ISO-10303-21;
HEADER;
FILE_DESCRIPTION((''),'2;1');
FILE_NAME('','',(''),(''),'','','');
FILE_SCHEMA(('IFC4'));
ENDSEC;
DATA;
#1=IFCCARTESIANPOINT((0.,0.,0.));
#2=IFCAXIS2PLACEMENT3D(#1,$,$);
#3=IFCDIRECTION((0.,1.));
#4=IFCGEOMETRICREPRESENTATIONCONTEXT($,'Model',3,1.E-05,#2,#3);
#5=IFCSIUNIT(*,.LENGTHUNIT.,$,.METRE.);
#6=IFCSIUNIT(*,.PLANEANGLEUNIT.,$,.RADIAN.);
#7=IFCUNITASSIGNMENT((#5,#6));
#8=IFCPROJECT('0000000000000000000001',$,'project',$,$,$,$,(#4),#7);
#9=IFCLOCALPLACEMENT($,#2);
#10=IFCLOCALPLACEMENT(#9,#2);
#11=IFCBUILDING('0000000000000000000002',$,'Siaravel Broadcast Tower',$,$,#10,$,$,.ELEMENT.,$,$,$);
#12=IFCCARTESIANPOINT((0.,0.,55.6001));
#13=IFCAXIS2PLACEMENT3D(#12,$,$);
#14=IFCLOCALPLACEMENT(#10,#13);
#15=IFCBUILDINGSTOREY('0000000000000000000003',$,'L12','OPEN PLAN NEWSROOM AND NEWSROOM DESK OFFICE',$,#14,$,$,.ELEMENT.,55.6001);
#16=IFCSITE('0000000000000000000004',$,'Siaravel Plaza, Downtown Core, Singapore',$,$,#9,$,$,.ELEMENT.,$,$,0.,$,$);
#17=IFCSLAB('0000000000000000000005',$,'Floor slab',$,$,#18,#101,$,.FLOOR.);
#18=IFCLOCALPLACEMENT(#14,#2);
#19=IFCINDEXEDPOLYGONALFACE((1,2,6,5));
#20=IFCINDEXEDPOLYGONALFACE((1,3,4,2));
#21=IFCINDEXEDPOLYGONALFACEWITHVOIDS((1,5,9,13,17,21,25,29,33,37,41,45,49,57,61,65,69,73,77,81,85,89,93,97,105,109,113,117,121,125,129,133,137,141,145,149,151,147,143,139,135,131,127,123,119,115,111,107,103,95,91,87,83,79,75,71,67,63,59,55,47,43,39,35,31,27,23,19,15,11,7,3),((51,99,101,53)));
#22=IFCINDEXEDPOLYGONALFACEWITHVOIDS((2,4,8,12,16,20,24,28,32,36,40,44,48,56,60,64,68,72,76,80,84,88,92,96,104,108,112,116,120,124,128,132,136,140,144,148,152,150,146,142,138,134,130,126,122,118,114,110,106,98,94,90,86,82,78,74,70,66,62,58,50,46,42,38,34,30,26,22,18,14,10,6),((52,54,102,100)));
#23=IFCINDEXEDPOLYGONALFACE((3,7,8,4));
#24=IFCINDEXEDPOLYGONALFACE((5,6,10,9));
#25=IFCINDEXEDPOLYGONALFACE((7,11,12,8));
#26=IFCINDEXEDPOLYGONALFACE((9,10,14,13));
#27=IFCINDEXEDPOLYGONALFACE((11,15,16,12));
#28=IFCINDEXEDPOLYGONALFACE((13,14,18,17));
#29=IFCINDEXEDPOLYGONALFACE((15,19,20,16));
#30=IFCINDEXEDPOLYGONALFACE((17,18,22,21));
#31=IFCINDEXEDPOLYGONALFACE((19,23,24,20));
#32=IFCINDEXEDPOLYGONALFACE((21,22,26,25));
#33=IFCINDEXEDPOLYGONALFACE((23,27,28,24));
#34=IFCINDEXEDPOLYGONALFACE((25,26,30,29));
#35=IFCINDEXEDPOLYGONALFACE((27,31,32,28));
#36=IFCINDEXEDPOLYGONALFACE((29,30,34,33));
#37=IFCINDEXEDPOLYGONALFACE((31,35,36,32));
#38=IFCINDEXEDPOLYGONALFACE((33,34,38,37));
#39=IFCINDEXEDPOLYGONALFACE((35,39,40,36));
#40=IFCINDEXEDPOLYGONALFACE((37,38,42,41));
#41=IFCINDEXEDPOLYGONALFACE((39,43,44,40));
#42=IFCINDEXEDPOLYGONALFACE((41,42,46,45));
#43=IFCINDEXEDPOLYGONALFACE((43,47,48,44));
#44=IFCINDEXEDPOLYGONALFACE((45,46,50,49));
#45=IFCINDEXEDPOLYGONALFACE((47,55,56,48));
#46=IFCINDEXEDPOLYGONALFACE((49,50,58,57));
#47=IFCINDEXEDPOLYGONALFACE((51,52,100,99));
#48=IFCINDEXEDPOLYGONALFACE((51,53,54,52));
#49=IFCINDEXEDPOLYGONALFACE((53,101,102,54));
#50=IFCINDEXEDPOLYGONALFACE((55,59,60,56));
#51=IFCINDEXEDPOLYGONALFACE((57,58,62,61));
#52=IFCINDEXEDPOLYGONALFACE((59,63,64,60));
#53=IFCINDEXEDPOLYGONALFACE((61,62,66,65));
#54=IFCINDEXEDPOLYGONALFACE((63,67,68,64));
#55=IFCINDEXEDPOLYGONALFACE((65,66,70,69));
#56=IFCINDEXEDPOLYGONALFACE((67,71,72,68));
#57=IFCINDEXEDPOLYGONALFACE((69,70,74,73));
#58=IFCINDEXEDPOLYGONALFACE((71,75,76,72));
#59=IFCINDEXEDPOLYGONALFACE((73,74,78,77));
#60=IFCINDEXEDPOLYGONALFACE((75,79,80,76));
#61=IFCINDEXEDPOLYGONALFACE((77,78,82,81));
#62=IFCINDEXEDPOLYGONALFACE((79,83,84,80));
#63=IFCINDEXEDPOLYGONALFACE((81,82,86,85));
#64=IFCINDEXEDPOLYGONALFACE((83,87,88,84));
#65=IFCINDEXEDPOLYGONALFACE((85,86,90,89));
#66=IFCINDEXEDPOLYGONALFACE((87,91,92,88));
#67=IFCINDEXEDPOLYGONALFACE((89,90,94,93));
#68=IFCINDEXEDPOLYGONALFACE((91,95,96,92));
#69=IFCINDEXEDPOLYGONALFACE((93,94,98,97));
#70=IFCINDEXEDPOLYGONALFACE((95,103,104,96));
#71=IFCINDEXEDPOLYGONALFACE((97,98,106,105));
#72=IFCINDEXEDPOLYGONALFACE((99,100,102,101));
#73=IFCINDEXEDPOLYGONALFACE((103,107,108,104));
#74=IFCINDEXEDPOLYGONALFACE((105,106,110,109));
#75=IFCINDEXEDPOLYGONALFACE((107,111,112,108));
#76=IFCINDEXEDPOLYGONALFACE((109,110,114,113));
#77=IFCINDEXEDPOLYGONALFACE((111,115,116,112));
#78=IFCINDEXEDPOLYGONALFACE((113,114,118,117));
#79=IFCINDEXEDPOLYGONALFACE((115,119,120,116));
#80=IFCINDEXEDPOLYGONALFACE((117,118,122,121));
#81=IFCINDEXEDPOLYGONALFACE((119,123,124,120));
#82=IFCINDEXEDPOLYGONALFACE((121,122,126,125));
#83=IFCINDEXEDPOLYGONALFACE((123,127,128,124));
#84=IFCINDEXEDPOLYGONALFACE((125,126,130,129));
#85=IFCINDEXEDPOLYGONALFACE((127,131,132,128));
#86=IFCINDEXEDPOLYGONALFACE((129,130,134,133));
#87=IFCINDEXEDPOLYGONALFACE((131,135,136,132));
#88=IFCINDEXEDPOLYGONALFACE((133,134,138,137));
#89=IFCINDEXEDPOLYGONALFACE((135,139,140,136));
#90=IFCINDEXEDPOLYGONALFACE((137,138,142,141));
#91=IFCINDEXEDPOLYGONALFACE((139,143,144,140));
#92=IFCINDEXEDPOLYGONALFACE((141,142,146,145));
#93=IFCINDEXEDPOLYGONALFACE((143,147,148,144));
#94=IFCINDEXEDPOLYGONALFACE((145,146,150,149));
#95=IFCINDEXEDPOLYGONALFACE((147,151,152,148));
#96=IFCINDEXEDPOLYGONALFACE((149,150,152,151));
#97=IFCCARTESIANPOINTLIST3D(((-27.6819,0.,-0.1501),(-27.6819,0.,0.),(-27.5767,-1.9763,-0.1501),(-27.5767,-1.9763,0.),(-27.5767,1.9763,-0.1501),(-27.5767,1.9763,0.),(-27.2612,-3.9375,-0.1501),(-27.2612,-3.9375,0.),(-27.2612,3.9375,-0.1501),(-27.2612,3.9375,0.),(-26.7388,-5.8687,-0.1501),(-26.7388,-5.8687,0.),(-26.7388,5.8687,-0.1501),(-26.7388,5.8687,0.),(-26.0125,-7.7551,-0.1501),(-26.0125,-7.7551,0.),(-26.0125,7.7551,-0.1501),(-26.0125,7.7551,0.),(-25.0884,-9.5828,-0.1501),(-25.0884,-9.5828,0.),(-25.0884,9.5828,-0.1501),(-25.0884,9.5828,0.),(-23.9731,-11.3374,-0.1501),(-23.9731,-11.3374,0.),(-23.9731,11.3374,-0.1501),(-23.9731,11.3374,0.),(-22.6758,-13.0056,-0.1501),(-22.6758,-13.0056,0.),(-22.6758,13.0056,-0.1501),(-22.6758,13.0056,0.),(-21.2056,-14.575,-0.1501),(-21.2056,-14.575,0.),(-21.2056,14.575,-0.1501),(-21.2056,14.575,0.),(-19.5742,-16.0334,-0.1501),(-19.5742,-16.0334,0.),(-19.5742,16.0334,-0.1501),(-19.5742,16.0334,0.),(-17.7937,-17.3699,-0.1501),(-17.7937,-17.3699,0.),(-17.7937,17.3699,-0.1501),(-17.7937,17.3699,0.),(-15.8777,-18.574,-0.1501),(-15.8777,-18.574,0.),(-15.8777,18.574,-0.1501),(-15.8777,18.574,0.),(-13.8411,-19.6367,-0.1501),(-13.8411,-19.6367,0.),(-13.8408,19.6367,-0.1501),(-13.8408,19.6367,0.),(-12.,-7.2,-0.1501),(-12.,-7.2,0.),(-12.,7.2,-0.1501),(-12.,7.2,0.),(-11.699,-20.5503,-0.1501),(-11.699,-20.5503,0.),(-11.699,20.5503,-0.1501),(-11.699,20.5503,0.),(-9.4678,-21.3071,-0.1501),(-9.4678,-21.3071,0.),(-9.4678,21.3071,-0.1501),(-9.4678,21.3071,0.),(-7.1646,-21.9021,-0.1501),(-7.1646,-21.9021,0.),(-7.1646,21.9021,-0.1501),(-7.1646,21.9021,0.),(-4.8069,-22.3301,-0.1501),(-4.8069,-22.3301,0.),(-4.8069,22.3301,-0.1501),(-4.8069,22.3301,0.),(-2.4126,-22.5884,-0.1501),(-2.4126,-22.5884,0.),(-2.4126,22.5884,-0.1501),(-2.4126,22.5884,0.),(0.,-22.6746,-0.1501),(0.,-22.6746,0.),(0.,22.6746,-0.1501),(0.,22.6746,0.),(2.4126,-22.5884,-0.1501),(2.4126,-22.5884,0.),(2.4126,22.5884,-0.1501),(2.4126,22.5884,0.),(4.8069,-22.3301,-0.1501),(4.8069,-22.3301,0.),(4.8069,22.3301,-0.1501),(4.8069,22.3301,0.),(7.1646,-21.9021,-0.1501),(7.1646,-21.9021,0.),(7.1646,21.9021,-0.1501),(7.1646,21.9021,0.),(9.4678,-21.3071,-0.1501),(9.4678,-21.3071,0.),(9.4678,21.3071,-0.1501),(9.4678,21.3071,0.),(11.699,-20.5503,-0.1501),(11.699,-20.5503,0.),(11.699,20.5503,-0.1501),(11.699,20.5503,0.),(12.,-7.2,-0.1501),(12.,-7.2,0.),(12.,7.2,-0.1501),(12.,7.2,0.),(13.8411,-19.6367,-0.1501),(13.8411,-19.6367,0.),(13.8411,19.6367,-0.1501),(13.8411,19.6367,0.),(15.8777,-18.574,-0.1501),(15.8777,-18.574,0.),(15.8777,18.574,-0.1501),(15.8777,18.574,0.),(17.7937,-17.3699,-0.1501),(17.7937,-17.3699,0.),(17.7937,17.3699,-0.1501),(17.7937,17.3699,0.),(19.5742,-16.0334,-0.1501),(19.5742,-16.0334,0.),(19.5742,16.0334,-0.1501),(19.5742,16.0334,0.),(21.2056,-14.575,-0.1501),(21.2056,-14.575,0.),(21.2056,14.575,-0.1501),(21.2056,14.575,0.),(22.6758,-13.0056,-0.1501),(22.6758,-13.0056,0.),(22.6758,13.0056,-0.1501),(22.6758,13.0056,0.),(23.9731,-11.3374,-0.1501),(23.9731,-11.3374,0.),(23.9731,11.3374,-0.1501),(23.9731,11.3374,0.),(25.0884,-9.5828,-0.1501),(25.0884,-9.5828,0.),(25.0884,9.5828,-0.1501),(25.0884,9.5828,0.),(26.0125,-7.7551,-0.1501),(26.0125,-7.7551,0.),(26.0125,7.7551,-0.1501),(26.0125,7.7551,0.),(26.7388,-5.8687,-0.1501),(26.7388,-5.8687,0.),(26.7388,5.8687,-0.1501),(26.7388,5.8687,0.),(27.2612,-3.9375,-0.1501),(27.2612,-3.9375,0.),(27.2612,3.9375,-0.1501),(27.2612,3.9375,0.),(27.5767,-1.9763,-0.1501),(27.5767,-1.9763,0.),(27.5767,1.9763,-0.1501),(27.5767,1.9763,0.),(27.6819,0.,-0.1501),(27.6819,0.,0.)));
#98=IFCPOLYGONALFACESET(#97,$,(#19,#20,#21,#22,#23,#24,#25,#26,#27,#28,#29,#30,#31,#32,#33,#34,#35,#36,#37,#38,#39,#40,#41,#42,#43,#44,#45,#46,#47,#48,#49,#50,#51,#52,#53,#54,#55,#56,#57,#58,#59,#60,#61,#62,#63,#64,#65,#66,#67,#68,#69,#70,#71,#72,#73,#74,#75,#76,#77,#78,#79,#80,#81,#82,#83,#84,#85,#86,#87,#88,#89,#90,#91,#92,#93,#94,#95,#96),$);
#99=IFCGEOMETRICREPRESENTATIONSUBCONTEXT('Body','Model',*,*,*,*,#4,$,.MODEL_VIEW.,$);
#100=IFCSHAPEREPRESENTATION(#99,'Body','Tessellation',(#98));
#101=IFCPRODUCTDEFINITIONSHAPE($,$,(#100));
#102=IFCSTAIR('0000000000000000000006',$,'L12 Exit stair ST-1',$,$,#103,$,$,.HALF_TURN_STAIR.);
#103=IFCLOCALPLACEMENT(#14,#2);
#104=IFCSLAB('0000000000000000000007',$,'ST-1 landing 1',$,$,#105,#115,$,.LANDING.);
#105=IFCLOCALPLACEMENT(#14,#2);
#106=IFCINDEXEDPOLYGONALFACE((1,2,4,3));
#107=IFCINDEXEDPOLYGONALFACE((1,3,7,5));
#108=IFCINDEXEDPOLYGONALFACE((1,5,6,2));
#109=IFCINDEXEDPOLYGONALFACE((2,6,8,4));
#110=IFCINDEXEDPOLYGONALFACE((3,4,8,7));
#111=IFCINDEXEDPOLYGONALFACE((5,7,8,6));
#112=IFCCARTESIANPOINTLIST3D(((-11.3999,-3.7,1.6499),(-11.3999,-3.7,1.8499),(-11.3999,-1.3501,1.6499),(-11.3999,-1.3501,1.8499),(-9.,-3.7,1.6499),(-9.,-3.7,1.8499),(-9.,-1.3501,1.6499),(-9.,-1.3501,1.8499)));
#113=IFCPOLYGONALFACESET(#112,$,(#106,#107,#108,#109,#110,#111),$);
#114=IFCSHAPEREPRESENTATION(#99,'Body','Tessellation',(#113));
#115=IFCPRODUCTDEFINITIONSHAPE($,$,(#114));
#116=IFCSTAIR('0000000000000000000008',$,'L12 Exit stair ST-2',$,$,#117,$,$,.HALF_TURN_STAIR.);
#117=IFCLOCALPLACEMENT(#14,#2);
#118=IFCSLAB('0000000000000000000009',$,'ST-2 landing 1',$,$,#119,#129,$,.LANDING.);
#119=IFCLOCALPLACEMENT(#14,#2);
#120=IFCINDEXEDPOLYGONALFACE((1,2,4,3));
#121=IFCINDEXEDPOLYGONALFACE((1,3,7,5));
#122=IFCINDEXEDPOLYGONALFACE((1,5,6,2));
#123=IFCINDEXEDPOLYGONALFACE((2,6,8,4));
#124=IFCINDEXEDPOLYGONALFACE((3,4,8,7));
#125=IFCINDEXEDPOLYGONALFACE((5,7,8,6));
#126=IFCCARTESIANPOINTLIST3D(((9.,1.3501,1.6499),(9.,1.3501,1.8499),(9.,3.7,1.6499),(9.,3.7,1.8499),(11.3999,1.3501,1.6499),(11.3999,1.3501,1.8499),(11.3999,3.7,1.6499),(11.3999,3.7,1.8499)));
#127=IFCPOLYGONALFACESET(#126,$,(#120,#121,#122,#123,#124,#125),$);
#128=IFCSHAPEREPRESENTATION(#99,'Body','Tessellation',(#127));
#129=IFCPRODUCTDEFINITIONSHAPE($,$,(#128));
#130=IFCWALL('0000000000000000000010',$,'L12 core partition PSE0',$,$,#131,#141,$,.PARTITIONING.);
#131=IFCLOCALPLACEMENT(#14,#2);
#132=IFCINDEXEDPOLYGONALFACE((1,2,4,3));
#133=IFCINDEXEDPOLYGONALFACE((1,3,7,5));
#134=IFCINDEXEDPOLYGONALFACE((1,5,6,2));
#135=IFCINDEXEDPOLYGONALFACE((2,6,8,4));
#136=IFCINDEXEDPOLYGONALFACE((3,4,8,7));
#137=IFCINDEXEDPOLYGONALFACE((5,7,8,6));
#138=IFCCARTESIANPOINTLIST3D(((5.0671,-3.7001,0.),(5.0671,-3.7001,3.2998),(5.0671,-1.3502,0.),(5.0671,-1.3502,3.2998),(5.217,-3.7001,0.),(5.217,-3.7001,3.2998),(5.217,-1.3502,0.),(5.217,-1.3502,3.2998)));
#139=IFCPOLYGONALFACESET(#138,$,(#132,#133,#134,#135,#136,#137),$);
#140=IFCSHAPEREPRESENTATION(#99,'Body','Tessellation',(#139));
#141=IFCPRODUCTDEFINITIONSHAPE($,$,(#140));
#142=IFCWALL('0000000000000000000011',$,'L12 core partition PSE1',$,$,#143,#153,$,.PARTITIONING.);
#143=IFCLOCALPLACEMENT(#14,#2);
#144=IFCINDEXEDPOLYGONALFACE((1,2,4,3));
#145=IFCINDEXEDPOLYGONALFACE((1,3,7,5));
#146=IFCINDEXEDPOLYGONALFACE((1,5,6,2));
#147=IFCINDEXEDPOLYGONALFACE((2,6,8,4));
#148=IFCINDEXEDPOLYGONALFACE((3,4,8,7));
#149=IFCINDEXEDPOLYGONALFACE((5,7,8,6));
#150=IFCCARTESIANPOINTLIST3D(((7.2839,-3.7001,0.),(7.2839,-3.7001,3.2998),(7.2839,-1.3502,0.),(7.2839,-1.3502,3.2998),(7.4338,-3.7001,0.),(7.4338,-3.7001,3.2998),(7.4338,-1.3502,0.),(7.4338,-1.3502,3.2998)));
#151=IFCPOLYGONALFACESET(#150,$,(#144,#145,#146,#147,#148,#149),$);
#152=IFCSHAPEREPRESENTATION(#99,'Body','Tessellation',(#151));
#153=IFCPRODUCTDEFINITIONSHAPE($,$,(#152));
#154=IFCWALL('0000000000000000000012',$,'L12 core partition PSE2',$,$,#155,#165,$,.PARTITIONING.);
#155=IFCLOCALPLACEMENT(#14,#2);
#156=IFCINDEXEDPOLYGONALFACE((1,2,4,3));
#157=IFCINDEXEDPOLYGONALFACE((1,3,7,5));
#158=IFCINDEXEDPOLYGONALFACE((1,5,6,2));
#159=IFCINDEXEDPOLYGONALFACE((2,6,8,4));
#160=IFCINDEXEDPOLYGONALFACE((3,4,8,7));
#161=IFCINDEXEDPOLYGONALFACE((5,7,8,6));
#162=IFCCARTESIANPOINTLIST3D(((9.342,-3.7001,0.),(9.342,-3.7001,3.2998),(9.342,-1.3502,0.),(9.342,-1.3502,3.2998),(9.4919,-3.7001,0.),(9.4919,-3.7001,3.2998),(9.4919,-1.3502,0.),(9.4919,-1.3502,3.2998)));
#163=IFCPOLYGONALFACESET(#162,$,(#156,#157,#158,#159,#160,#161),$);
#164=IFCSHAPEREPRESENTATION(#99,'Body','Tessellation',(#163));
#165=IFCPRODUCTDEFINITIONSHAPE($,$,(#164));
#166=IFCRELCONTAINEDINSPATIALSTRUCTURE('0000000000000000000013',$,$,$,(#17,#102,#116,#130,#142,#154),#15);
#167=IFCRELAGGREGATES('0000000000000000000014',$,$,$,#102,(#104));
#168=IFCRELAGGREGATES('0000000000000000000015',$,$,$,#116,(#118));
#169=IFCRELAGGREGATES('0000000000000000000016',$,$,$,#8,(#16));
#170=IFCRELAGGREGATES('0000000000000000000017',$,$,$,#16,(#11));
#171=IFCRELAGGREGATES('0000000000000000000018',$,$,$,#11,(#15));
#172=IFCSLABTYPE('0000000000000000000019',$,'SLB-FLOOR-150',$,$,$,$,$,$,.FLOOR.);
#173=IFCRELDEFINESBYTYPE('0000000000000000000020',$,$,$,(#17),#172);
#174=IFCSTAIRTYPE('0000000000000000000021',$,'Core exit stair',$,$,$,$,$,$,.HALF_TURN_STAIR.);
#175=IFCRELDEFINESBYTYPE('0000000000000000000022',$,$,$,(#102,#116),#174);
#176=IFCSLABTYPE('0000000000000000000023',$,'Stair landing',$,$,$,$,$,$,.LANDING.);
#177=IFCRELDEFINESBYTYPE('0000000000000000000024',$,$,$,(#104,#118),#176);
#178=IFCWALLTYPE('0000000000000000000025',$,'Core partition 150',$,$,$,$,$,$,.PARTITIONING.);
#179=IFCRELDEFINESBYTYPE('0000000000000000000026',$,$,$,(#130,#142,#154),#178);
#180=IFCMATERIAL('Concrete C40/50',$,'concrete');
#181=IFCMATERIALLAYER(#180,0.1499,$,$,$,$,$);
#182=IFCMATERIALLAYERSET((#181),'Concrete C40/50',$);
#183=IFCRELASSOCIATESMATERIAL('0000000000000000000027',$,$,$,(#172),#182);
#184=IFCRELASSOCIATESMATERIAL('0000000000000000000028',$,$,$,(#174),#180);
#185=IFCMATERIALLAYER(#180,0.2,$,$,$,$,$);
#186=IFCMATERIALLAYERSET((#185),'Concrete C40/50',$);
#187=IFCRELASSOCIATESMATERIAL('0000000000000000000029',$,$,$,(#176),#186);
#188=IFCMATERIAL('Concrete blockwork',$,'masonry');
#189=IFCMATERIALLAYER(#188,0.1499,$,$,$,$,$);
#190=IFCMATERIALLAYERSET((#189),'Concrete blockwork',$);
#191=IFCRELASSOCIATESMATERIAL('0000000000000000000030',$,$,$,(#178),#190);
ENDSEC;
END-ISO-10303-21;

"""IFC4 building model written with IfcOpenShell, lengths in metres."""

from ifc_helpers import new_model, si_unit, direction, frame, frame_2d, origin, place, context, subcontext, project, spatial, polyline, rectangle, outline, extrude, material, layer, layer_set, type_object, element, aggregate, save


model = new_model("IFC4")

# Units and contexts
model_context = context("Model", 3, precision=1e-05, world=origin(), true_north=direction((0.0, 1.0)))
body_context = subcontext(model_context, "Body", "Model", "MODEL_VIEW")
ifc_project = project(units=[si_unit("LENGTHUNIT", "METRE"), si_unit("PLANEANGLEUNIT", "RADIAN")], contexts=[model_context])

# Site, building, storey
site_placement = place(None, origin())
site = spatial("IfcSite", under=ifc_project, at=site_placement, Name="Siaravel Plaza, Downtown Core, Singapore", CompositionType="ELEMENT", RefElevation=0.0)
building_placement = place(site_placement, origin())
building = spatial("IfcBuilding", under=site, at=building_placement, Name="Siaravel Broadcast Tower", CompositionType="ELEMENT")
storey_placement = place(building_placement, frame((0.0, 0.0, 55.6001)))
storey = spatial("IfcBuildingStorey", under=building, at=storey_placement, Name="L12", Description="OPEN PLAN NEWSROOM AND NEWSROOM DESK OFFICE", CompositionType="ELEMENT", Elevation=55.6001)

# Slab
ifc_material_1 = material(Name="Concrete C40/50", Category="concrete")
ifc_layer_1 = layer(ifc_material_1, 0.1499)
ifc_layer_set_1 = layer_set([ifc_layer_1], Name="Concrete C40/50")
slab_type_1 = type_object("IfcSlabType", Name="SLB-FLOOR-150", PredefinedType="FLOOR", material=ifc_layer_set_1)
slab_1_placement = place(storey_placement, frame((0.0, 0.0, -0.1501)))
element("IfcSlab", 1, at=slab_1_placement, inside=storey, type_object=slab_type_1, Name="Floor slab", PredefinedType="FLOOR", context=body_context, shape_type="SweptSolid", body=[
    extrude(outline(polyline([(27.6819, 0.0), (27.5767, 1.9763), (27.2612, 3.9375), (26.7388, 5.8687), (26.0125, 7.7551), (25.0884, 9.5828), (23.9731, 11.3374), (22.6758, 13.0056), (21.2056, 14.575), (19.5742, 16.0334), (17.7937, 17.3699), (15.8777, 18.574), (13.8411, 19.6367), (11.699, 20.5503), (9.4678, 21.3071), (7.1646, 21.9021), (4.8069, 22.3301), (2.4126, 22.5884), (0.0, 22.6746), (-2.4126, 22.5884), (-4.8069, 22.3301), (-7.1646, 21.9021), (-9.4678, 21.3071), (-11.699, 20.5503), (-13.8408, 19.6367), (-15.8777, 18.574), (-17.7937, 17.3699), (-19.5742, 16.0334), (-21.2056, 14.575), (-22.6758, 13.0056), (-23.9731, 11.3374), (-25.0884, 9.5828), (-26.0125, 7.7551), (-26.7388, 5.8687), (-27.2612, 3.9375), (-27.5767, 1.9763), (-27.6819, 0.0), (-27.5767, -1.9763), (-27.2612, -3.9375), (-26.7388, -5.8687), (-26.0125, -7.7551), (-25.0884, -9.5828), (-23.9731, -11.3374), (-22.6758, -13.0056), (-21.2056, -14.575), (-19.5742, -16.0334), (-17.7937, -17.3699), (-15.8777, -18.574), (-13.8411, -19.6367), (-11.699, -20.5503), (-9.4678, -21.3071), (-7.1646, -21.9021), (-4.8069, -22.3301), (-2.4126, -22.5884), (0.0, -22.6746), (2.4126, -22.5884), (4.8069, -22.3301), (7.1646, -21.9021), (9.4678, -21.3071), (11.699, -20.5503), (13.8411, -19.6367), (15.8777, -18.574), (17.7937, -17.3699), (19.5742, -16.0334), (21.2056, -14.575), (22.6758, -13.0056), (23.9731, -11.3374), (25.0884, -9.5828), (26.0125, -7.7551), (26.7388, -5.8687), (27.2612, -3.9375), (27.5767, -1.9763), (27.6819, 0.0)]), holes=[polyline([(-12.0, 7.2), (12.0, 7.2), (12.0, -7.2), (-12.0, -7.2), (-12.0, 7.2)])]), origin(), (0.0, 0.0, 1.0), 0.1501),
])

# Stairs, slabs
stair_type = type_object("IfcStairType", Name="Core exit stair", PredefinedType="HALF_TURN_STAIR", material=ifc_material_1)
stair_1_placement = place(storey_placement, origin())
stair_1 = element("IfcStair", 2, at=stair_1_placement, inside=storey, type_object=stair_type, Name="L12 Exit stair ST-1", PredefinedType="HALF_TURN_STAIR")
ifc_layer_2 = layer(ifc_material_1, 0.2)
ifc_layer_set_2 = layer_set([ifc_layer_2], Name="Concrete C40/50")
slab_type_2 = type_object("IfcSlabType", Name="Stair landing", PredefinedType="LANDING", material=ifc_layer_set_2)
slab_2_placement = place(storey_placement, frame((0.0, 0.0, 1.6499)))
slab_2 = element("IfcSlab", 3, at=slab_2_placement, type_object=slab_type_2, Name="ST-1 landing 1", PredefinedType="LANDING", context=body_context, shape_type="SweptSolid", body=[
    extrude(outline(polyline([(-9.0, -1.3501), (-11.3999, -1.3501), (-11.3999, -3.7), (-9.0, -3.7), (-9.0, -1.3501)])), origin(), (0.0, 0.0, 1.0), 0.2),
])
aggregate(stair_1, [slab_2])
stair_2_placement = place(storey_placement, origin())
stair_2 = element("IfcStair", 4, at=stair_2_placement, inside=storey, type_object=stair_type, Name="L12 Exit stair ST-2", PredefinedType="HALF_TURN_STAIR")
slab_3_placement = place(storey_placement, frame((0.0, 0.0, 1.6499)))
slab_3 = element("IfcSlab", 5, at=slab_3_placement, type_object=slab_type_2, Name="ST-2 landing 1", PredefinedType="LANDING", context=body_context, shape_type="SweptSolid", body=[
    extrude(outline(polyline([(9.0, 1.3501), (11.3999, 1.3501), (11.3999, 3.7), (9.0, 3.7), (9.0, 1.3501)])), origin(), (0.0, 0.0, 1.0), 0.2),
])
aggregate(stair_2, [slab_3])

# Walls
ifc_material_2 = material(Name="Concrete blockwork", Category="masonry")
ifc_layer_3 = layer(ifc_material_2, 0.1499)
ifc_layer_set_3 = layer_set([ifc_layer_3], Name="Concrete blockwork")
wall_type_1 = type_object("IfcWallType", Name="Core partition 150", PredefinedType="PARTITIONING", material=ifc_layer_set_3)
for number, where, z_axis, x_axis, name in (
    (6, (5.1421, -3.7, 0.0), (0.0, 0.0, 1.0), (0.0, 1.0, 0.0), "L12 core partition PSE0"),
    (7, (7.3589, -3.7, 0.0), (0.0, 0.0, 1.0), (0.0, 1.0, 0.0), "L12 core partition PSE1"),
    (8, (9.417, -3.7, 0.0), (0.0, 0.0, 1.0), (0.0, 1.0, 0.0), "L12 core partition PSE2"),
):
    element("IfcWall", number, at=place(storey_placement, frame(where, z_axis=z_axis, x_axis=x_axis)), inside=storey, type_object=wall_type_1, Name=name, PredefinedType="PARTITIONING", context=body_context, shape_type="SweptSolid", body=[
        extrude(rectangle(XDim=2.3499, YDim=0.1499, at=frame_2d((1.1748, 0.0))), origin(), (0.0, 0.0, 1.0), 3.2998),
    ])

save(model, "model.ifc")
